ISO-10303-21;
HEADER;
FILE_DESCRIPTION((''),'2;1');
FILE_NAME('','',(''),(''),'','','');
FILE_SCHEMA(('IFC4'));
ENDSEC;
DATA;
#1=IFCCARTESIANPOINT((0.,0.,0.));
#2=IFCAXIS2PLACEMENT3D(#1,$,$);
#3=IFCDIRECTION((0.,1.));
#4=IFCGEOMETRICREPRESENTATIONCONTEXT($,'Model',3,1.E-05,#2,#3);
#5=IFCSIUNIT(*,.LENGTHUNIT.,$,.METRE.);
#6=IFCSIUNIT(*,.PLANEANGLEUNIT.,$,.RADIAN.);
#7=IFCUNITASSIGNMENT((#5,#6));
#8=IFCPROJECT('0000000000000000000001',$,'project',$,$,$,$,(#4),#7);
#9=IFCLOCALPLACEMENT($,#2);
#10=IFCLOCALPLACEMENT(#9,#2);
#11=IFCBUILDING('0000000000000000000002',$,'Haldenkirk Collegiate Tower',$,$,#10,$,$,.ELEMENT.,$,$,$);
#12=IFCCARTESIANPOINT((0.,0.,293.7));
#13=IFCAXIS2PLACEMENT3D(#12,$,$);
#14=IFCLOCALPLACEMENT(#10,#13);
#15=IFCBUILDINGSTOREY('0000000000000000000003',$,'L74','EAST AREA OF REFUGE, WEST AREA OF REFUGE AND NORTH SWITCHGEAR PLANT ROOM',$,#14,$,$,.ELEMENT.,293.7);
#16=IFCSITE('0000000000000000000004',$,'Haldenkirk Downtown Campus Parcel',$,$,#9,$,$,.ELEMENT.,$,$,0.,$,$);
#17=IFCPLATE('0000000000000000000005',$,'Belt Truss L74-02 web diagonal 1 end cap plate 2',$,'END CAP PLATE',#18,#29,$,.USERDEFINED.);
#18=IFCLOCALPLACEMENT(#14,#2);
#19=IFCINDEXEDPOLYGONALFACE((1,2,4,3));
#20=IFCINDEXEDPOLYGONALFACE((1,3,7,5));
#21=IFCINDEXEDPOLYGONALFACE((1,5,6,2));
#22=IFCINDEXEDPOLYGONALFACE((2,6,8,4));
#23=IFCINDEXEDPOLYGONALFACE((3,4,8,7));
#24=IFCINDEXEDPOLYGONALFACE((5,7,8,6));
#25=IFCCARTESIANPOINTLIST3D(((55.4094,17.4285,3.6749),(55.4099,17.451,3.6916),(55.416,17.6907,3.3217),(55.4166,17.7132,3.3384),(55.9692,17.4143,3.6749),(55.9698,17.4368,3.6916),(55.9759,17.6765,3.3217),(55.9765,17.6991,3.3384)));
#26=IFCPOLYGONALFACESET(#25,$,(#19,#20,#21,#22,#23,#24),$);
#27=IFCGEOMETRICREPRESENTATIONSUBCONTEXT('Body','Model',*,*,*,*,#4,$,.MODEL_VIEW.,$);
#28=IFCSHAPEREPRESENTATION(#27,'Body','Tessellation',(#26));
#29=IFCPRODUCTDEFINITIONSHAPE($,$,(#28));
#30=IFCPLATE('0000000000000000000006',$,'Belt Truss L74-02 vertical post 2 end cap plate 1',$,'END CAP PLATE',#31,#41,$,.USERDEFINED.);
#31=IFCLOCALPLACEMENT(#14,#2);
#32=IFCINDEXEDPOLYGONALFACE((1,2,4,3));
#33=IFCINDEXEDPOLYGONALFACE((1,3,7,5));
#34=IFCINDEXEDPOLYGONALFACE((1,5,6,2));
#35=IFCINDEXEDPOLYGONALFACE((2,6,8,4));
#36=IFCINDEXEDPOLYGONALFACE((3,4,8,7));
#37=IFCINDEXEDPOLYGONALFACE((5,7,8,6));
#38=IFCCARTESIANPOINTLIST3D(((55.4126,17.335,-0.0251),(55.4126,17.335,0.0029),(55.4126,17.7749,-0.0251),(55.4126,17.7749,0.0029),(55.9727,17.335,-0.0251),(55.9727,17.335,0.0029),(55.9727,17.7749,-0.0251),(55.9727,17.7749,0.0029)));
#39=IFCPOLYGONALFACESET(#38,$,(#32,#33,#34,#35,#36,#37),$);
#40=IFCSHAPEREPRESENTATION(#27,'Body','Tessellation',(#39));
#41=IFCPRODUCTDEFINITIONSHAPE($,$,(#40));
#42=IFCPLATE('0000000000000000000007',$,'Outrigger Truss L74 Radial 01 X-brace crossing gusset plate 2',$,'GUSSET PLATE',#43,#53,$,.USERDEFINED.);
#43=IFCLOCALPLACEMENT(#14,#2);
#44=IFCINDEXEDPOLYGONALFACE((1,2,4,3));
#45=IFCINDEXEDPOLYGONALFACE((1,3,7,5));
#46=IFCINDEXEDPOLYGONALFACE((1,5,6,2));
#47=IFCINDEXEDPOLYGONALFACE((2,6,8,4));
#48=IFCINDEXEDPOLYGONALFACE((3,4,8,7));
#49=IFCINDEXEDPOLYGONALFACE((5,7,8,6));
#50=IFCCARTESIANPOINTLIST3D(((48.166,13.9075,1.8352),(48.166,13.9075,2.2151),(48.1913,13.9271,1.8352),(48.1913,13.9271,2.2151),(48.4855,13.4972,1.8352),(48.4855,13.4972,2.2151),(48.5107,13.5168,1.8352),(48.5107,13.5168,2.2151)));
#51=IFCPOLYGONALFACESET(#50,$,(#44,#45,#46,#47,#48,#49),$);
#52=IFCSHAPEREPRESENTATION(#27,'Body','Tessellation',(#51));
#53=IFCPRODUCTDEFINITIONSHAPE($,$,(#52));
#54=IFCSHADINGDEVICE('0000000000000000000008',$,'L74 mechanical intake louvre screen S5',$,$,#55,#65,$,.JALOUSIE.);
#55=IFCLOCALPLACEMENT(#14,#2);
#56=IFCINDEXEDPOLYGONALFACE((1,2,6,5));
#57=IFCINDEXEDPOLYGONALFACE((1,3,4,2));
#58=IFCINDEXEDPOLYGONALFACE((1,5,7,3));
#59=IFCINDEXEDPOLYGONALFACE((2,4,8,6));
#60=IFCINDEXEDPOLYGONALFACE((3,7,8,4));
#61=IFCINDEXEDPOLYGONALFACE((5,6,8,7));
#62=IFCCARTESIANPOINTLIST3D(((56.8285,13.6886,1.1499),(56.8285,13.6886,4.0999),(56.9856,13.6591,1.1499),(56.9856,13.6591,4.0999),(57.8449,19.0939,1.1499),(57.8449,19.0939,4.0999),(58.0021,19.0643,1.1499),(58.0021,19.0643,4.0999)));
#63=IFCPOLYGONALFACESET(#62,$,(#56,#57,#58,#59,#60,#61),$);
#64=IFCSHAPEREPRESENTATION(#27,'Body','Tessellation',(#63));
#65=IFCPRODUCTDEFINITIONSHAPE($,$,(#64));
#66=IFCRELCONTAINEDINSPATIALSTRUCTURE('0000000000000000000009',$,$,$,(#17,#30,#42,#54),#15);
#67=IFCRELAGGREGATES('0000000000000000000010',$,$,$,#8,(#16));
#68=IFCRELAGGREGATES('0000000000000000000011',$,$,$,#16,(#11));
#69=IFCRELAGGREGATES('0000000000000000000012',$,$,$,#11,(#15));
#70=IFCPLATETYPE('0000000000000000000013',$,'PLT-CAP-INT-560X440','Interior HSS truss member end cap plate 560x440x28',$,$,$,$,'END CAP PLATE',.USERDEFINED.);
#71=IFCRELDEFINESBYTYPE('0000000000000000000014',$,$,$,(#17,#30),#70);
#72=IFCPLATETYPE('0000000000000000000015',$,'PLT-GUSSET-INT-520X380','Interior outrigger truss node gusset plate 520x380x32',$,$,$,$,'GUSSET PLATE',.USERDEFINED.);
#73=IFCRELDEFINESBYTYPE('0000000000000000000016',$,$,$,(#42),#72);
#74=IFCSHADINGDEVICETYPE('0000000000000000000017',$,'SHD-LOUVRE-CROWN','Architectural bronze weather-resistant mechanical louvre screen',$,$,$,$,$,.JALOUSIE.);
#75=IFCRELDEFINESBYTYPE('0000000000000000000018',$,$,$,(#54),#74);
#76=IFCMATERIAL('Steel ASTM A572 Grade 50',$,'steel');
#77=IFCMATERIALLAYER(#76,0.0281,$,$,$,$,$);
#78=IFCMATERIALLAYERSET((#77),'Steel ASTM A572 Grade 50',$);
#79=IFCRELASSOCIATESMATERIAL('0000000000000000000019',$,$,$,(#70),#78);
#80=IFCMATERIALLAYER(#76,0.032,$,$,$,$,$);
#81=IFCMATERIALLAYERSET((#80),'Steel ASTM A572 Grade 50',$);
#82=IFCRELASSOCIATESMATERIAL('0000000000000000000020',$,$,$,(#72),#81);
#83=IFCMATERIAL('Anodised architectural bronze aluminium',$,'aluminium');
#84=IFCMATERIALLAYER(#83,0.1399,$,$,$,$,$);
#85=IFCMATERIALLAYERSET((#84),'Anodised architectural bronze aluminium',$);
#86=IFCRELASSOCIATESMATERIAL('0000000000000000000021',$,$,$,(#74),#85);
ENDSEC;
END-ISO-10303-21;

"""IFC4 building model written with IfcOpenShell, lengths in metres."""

from ifc_helpers import new_model, si_unit, direction, frame, origin, origin_2d, place, context, subcontext, project, spatial, rectangle, extrude, source, transform, mapped, material, layer, layer_set, type_object, element, save


model = new_model("IFC4")

# Units and contexts
model_context = context("Model", 3, precision=1e-05, world=origin(), true_north=direction((0.0, 1.0)))
body_context = subcontext(model_context, "Body", "Model", "MODEL_VIEW")
ifc_project = project(units=[si_unit("LENGTHUNIT", "METRE"), si_unit("PLANEANGLEUNIT", "RADIAN")], contexts=[model_context])

# Site, building, storey
site_placement = place(None, origin())
site = spatial("IfcSite", under=ifc_project, at=site_placement, Name="Haldenkirk Downtown Campus Parcel", CompositionType="ELEMENT", RefElevation=0.0)
building_placement = place(site_placement, origin())
building = spatial("IfcBuilding", under=site, at=building_placement, Name="Haldenkirk Collegiate Tower", CompositionType="ELEMENT")
storey_placement = place(building_placement, frame((0.0, 0.0, 293.7)))
storey = spatial("IfcBuildingStorey", under=building, at=storey_placement, Name="L74", Description="EAST AREA OF REFUGE, WEST AREA OF REFUGE AND NORTH SWITCHGEAR PLANT ROOM", CompositionType="ELEMENT", Elevation=293.7)

# Shared definitions
ifc_material_1 = material(Name="Steel ASTM A572 Grade 50", Category="steel")

# Plates
ifc_layer_1 = layer(ifc_material_1, 0.0281)
ifc_layer_set_1 = layer_set([ifc_layer_1], Name="Steel ASTM A572 Grade 50")
plate_type_1 = type_object("IfcPlateType", Name="PLT-CAP-INT-560X440", Description="Interior HSS truss member end cap plate 560x440x28", ElementType="END CAP PLATE", PredefinedType="USERDEFINED", material=ifc_layer_set_1)
shared_shape_1 = source(origin(), body_context, "Body", "SweptSolid", [
    extrude(rectangle(XDim=0.5601, YDim=0.4399, at=origin_2d()), origin(), (0.0, 0.0, 1.0), 0.0281),
])
for number, where, z_axis, x_axis, name in (
    (1, (55.6926, 17.5525, 3.4983), (0.020313, 0.802546, 0.596245), (-0.99968, 0.025302, 0.0), "Belt Truss L74-02 web diagonal 1 end cap plate 2"),
    (2, (55.6926, 17.5549, 0.0029), (0.0, 0.0, -1.0), (1.0, 0.0, 0.0), "Belt Truss L74-02 vertical post 2 end cap plate 1"),
):
    element("IfcPlate", number, at=place(storey_placement, frame(where, z_axis=z_axis, x_axis=x_axis)), inside=storey, type_object=plate_type_1, Name=name, ObjectType="END CAP PLATE", PredefinedType="USERDEFINED", context=body_context, shape_type="MappedRepresentation", body=[
        mapped(shared_shape_1, transform((0.0, 0.0, 0.0), x_axis=(1.0, 0.0, 0.0), y_axis=(0.0, 1.0, 0.0), z_axis=(0.0, 0.0, 1.0), scale=1.0)),
    ])
ifc_layer_2 = layer(ifc_material_1, 0.032)
ifc_layer_set_2 = layer_set([ifc_layer_2], Name="Steel ASTM A572 Grade 50")
plate_type_2 = type_object("IfcPlateType", Name="PLT-GUSSET-INT-520X380", Description="Interior outrigger truss node gusset plate 520x380x32", ElementType="GUSSET PLATE", PredefinedType="USERDEFINED", material=ifc_layer_set_2)
shared_shape_2 = source(origin(), body_context, "Body", "SweptSolid", [
    extrude(rectangle(XDim=0.52, YDim=0.032, at=origin_2d()), origin(), (0.0, 0.0, 1.0), 0.3799),
])
plate_1_placement = place(storey_placement, frame((48.3384, 13.7122, 1.8352), z_axis=(0.0, 0.0, 1.0), x_axis=(0.614341, -0.78904, 0.0)))
element("IfcPlate", 3, at=plate_1_placement, inside=storey, type_object=plate_type_2, Name="Outrigger Truss L74 Radial 01 X-brace crossing gusset plate 2", ObjectType="GUSSET PLATE", PredefinedType="USERDEFINED", context=body_context, shape_type="MappedRepresentation", body=[
    mapped(shared_shape_2, transform((0.0, 0.0, 0.0), x_axis=(1.0, 0.0, 0.0), y_axis=(0.0, 1.0, 0.0), z_axis=(0.0, 0.0, 1.0), scale=1.0)),
])

# Shading device
ifc_material_2 = material(Name="Anodised architectural bronze aluminium", Category="aluminium")
ifc_layer_3 = layer(ifc_material_2, 0.1399)
ifc_layer_set_3 = layer_set([ifc_layer_3], Name="Anodised architectural bronze aluminium")
shading_device_type = type_object("IfcShadingDeviceType", Name="SHD-LOUVRE-CROWN", Description="Architectural bronze weather-resistant mechanical louvre screen", PredefinedType="JALOUSIE", material=ifc_layer_set_3)
shared_shape_3 = source(origin(), body_context, "Body", "SweptSolid", [
    extrude(rectangle(XDim=5.5, YDim=0.1599, at=origin_2d()), origin(), (0.0, 0.0, 1.0), 2.95),
])
shading_device_placement = place(storey_placement, frame((57.4153, 16.3765, 1.1499), z_axis=(0.0, 0.0, 1.0), x_axis=(-0.184809, -0.982774, 0.0)))
element("IfcShadingDevice", 4, at=shading_device_placement, inside=storey, type_object=shading_device_type, Name="L74 mechanical intake louvre screen S5", PredefinedType="JALOUSIE", context=body_context, shape_type="MappedRepresentation", body=[
    mapped(shared_shape_3, transform((0.0, 0.0, 0.0), x_axis=(1.0, 0.0, 0.0), y_axis=(0.0, 1.0, 0.0), z_axis=(0.0, 0.0, 1.0), scale=1.0)),
])

save(model, "model.ifc")
